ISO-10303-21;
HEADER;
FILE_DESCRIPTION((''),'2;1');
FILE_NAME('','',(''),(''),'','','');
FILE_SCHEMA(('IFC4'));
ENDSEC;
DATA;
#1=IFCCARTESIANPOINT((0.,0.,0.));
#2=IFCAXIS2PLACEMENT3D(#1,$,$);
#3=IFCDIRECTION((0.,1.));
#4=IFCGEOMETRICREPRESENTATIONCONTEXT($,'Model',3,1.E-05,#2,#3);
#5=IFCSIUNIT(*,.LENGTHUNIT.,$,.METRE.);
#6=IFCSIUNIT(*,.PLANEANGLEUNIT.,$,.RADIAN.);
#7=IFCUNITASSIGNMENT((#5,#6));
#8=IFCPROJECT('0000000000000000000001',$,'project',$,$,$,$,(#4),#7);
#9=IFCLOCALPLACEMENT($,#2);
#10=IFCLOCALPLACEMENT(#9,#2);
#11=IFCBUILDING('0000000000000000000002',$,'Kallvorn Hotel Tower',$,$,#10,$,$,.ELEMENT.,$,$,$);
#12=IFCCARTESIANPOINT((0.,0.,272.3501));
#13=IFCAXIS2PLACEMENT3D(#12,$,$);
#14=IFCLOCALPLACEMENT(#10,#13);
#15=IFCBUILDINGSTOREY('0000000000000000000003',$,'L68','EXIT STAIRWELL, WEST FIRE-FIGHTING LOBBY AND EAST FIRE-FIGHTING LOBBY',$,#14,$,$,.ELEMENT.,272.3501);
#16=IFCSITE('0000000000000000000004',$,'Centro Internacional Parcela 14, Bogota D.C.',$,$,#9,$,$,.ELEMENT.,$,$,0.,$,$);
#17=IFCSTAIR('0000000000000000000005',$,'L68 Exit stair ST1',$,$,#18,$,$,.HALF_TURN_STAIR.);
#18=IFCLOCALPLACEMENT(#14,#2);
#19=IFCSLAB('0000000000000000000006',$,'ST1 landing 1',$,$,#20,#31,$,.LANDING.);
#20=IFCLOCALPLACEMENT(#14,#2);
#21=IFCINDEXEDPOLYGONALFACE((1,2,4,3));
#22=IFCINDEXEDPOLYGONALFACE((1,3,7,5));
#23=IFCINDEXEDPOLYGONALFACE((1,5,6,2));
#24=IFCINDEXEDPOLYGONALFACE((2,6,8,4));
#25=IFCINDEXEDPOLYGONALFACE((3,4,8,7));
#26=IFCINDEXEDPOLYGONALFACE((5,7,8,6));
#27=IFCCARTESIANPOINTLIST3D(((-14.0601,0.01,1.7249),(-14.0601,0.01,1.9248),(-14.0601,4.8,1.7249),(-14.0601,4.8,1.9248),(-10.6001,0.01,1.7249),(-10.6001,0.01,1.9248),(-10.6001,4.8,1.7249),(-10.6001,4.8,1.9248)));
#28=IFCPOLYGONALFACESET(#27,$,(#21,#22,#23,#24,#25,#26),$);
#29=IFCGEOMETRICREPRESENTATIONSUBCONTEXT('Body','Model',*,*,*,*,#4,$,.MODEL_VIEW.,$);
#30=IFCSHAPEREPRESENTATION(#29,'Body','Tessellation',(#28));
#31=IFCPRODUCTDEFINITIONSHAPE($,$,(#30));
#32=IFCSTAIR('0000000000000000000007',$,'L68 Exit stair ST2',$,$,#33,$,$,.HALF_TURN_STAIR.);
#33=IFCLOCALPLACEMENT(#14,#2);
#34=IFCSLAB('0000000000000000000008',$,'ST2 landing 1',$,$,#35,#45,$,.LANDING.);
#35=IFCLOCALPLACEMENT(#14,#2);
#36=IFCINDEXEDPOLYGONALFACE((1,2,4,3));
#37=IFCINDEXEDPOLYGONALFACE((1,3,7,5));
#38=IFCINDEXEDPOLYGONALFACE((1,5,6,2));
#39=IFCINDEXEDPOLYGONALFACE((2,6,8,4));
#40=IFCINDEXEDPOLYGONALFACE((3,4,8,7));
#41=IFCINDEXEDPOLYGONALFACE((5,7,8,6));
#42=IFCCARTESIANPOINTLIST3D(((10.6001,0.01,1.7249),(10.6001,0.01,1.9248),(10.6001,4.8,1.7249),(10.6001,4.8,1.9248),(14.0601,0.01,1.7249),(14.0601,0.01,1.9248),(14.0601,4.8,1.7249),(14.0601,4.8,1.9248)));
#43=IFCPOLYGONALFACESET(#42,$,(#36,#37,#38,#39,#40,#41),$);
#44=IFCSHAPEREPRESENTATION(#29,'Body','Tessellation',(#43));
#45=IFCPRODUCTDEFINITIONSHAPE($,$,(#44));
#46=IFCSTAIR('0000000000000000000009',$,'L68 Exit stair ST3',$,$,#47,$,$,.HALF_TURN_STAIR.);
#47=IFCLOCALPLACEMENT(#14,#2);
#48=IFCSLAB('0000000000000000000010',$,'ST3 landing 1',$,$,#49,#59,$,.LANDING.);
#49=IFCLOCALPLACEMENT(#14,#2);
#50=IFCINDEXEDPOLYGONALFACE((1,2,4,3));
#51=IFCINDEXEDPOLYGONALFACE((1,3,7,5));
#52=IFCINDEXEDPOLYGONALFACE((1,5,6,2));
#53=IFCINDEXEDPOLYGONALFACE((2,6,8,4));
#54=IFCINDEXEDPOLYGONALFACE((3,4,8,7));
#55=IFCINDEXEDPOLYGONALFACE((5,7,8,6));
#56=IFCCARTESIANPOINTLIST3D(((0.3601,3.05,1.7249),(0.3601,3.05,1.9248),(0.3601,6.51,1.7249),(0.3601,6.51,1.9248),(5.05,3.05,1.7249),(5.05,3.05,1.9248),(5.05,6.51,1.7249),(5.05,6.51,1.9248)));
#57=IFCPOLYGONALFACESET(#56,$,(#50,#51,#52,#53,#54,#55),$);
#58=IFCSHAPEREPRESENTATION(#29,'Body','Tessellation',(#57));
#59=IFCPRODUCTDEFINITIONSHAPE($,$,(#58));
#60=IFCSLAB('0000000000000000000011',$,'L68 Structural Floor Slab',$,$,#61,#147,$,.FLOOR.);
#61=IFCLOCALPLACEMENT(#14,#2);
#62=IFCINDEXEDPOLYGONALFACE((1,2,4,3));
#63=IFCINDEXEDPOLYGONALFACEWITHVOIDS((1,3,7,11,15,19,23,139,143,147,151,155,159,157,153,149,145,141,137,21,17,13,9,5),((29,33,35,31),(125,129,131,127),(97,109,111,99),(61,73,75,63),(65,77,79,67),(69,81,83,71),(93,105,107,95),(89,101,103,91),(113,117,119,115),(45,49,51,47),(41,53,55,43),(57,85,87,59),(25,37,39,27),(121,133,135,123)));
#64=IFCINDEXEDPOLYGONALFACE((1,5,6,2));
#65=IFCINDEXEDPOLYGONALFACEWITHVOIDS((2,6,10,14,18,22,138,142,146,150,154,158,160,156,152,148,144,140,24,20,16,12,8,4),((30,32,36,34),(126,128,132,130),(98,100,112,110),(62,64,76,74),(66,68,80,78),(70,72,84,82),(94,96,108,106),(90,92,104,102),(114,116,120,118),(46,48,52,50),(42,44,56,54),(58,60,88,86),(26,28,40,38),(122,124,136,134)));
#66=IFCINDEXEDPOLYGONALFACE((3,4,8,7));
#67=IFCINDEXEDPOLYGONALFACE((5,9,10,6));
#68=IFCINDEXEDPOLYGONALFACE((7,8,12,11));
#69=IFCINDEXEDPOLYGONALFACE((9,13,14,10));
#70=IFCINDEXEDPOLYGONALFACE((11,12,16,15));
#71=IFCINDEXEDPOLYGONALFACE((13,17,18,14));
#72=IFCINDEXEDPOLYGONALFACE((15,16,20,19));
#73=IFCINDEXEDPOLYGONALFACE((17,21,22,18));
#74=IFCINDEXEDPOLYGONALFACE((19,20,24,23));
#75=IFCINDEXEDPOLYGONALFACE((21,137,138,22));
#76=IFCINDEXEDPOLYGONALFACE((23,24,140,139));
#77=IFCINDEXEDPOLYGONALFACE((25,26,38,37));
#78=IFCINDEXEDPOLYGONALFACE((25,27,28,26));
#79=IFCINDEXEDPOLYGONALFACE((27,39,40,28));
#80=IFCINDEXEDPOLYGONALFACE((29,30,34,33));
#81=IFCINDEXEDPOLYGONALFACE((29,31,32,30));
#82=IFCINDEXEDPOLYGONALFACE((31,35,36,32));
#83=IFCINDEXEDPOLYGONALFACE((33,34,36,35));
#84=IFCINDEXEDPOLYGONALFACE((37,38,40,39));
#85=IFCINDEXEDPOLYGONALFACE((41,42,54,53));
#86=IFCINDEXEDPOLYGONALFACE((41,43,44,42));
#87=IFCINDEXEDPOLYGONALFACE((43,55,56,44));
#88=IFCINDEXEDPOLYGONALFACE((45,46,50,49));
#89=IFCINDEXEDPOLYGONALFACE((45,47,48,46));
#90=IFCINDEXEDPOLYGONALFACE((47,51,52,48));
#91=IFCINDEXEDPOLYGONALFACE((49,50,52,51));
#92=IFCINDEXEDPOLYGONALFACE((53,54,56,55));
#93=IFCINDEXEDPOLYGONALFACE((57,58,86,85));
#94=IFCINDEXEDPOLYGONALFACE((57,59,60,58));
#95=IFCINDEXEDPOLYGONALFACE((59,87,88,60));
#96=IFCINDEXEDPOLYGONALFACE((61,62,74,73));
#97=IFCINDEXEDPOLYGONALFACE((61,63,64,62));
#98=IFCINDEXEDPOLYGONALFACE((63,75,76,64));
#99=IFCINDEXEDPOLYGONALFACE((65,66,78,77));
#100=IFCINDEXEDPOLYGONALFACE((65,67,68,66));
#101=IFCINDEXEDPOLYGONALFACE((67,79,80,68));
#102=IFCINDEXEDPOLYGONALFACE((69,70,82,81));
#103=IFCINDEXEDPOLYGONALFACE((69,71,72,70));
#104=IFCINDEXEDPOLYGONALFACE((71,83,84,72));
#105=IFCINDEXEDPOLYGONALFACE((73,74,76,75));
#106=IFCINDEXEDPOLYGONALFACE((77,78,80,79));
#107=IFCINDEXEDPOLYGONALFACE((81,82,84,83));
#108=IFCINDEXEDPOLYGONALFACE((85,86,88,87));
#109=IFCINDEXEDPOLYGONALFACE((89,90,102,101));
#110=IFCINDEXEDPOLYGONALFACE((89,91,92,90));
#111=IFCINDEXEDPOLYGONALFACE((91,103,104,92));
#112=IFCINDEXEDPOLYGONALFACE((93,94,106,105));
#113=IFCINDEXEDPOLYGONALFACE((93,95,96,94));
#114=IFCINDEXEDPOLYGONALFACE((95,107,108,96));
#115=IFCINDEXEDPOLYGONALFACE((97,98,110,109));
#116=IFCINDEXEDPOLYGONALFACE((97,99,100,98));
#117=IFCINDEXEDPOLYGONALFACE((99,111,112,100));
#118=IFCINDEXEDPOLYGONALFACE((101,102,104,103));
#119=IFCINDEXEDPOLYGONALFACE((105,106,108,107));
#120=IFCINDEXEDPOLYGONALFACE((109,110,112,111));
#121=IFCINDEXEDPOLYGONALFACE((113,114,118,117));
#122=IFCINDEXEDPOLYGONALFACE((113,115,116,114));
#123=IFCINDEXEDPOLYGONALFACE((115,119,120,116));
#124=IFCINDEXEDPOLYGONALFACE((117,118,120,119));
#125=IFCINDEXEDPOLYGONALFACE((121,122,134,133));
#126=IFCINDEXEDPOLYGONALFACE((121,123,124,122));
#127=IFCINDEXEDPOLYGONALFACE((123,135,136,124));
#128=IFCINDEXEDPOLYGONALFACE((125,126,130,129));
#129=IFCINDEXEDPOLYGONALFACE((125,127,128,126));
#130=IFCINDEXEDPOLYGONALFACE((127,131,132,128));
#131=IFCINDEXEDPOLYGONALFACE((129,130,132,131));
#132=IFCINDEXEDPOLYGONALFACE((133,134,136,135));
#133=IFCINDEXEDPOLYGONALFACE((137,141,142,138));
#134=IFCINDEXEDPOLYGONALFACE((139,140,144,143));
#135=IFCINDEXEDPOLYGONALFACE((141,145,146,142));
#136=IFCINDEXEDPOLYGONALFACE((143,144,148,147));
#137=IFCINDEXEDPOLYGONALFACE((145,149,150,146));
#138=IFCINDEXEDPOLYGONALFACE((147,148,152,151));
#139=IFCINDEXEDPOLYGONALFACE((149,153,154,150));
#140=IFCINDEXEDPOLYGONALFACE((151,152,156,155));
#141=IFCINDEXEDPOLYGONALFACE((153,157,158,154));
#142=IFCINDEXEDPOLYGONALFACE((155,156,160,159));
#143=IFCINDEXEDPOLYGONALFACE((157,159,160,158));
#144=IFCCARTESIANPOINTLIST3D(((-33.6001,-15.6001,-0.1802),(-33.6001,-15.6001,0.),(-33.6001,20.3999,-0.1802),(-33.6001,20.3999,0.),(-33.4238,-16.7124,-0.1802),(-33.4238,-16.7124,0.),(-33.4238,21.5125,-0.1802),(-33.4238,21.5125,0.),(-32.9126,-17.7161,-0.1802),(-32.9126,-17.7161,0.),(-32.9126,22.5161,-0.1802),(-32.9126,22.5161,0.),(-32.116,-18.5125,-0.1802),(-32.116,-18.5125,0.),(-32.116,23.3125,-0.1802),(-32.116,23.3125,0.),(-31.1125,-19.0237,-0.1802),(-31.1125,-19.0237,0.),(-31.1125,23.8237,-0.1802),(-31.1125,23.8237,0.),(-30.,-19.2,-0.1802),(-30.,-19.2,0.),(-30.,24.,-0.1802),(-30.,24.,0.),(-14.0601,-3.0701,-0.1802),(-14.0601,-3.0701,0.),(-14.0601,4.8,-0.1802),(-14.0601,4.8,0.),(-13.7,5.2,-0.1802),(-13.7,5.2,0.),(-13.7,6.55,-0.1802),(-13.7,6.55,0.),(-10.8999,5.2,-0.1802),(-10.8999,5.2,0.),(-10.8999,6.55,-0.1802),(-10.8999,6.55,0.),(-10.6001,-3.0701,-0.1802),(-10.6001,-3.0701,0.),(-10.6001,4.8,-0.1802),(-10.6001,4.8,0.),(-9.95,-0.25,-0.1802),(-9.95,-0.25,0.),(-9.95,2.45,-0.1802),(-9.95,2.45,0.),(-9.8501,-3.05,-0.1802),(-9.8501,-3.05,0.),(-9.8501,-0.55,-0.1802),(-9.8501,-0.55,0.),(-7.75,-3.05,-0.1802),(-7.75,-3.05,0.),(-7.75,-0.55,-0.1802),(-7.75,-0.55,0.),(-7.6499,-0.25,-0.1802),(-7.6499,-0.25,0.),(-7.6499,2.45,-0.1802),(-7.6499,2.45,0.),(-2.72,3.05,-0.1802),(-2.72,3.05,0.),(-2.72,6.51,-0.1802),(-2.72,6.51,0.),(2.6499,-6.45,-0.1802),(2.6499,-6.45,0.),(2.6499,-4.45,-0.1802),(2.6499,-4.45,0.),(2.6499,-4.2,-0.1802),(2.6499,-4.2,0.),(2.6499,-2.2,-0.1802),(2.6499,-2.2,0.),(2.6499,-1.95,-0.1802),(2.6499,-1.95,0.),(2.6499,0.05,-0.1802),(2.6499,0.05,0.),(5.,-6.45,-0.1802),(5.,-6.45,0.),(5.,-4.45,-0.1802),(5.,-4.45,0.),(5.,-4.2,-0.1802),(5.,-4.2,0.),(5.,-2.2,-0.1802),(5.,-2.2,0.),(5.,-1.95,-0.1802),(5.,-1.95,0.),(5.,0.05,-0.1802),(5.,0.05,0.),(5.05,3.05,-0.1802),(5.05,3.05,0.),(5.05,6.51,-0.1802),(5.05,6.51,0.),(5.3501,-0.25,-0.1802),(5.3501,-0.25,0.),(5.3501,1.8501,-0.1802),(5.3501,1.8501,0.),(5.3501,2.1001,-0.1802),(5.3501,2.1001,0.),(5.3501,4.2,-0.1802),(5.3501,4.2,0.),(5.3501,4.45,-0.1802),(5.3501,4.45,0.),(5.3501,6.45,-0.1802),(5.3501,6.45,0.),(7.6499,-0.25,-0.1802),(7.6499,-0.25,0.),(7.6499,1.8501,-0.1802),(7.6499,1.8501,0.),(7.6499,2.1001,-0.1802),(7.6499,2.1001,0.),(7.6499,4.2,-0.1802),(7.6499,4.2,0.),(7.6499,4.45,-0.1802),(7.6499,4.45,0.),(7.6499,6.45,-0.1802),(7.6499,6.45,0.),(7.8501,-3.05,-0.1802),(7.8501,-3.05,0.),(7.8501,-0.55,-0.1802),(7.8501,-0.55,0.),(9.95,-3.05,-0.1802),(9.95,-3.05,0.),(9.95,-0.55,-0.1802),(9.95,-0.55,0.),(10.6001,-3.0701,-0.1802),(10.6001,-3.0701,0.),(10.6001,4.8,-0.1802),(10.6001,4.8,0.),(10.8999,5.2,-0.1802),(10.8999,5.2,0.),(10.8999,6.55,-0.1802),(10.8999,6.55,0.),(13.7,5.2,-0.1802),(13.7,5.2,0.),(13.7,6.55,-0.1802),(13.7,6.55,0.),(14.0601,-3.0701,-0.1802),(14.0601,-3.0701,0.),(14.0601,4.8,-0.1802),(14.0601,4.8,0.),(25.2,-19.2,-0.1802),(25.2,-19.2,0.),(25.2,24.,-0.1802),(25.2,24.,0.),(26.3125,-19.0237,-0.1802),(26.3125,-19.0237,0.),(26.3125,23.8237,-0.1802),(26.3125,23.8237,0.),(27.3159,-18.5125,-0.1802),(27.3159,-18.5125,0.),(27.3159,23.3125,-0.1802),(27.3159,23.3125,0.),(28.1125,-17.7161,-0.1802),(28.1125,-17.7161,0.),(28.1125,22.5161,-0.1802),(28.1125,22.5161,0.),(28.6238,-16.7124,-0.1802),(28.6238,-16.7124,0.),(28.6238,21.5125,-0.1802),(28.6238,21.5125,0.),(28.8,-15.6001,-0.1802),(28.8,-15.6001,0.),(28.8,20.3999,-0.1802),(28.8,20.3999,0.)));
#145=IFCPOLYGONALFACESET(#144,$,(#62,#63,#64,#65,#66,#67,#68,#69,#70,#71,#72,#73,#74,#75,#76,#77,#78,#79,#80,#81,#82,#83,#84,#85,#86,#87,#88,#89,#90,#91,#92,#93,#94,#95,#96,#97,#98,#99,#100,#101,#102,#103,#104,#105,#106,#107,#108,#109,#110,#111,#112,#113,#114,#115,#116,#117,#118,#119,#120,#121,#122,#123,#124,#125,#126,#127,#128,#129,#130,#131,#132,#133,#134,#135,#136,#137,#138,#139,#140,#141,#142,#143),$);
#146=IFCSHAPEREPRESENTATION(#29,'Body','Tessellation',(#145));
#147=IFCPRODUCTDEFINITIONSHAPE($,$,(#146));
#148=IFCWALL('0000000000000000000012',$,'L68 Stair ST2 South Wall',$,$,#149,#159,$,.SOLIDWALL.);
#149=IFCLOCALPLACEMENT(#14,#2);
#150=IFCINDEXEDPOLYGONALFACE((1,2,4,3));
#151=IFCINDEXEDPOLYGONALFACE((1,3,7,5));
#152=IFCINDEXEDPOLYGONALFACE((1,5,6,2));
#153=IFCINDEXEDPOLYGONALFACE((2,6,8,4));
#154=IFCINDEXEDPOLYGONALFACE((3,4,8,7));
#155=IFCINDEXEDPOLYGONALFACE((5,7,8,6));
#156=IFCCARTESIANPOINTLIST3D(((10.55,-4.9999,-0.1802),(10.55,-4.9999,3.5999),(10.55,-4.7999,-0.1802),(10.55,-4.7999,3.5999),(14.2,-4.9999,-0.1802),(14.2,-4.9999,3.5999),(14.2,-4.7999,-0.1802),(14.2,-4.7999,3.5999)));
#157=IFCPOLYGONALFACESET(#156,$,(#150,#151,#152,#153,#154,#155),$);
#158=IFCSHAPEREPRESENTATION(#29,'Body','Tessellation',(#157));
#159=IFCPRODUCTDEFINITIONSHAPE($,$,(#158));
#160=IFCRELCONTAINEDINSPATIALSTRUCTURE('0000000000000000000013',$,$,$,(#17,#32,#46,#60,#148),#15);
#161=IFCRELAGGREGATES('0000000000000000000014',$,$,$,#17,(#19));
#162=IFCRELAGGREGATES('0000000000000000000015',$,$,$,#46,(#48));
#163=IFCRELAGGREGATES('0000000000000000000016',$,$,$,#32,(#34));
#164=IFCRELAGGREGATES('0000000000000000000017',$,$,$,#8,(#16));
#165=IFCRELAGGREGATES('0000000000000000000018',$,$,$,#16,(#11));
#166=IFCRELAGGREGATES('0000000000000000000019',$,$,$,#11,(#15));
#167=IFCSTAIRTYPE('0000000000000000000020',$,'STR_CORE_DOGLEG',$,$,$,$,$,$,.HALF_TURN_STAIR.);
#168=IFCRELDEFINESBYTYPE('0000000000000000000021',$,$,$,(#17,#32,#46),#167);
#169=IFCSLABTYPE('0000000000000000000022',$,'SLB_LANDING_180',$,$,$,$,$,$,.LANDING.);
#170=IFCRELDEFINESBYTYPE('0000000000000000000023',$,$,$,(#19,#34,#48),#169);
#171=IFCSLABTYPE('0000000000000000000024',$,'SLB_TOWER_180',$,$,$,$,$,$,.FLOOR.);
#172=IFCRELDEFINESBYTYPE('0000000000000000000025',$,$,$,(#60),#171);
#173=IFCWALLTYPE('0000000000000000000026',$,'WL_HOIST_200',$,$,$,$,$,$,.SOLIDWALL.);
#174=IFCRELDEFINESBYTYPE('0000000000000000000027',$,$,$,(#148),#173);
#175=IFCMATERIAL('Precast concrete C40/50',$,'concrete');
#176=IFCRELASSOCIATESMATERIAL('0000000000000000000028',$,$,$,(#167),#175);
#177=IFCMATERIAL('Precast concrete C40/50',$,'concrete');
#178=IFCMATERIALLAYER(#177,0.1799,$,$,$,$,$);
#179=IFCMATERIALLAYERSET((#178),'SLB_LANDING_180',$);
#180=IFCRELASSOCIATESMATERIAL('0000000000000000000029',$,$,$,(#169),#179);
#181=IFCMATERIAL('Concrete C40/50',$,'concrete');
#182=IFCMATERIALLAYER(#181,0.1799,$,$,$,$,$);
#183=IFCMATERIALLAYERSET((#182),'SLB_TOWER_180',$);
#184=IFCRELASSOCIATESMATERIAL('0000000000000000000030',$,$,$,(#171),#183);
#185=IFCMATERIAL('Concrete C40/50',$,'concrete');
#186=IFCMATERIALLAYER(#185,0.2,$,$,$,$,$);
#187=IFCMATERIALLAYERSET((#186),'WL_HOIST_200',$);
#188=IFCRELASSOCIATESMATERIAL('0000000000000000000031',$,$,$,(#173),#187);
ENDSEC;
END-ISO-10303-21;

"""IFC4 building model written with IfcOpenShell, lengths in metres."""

from ifc_helpers import new_model, si_unit, direction, frame, frame_2d, origin, place, context, subcontext, project, spatial, polyline, rectangle, outline, extrude, material, layer, layer_set, type_object, element, aggregate, save


model = new_model("IFC4")

# Units and contexts
model_context = context("Model", 3, precision=1e-05, world=origin(), true_north=direction((0.0, 1.0)))
body_context = subcontext(model_context, "Body", "Model", "MODEL_VIEW")
ifc_project = project(units=[si_unit("LENGTHUNIT", "METRE"), si_unit("PLANEANGLEUNIT", "RADIAN")], contexts=[model_context])

# Site, building, storey
site_placement = place(None, origin())
site = spatial("IfcSite", under=ifc_project, at=site_placement, Name="Centro Internacional Parcela 14, Bogota D.C.", CompositionType="ELEMENT", RefElevation=0.0)
building_placement = place(site_placement, origin())
building = spatial("IfcBuilding", under=site, at=building_placement, Name="Kallvorn Hotel Tower", CompositionType="ELEMENT")
storey_placement = place(building_placement, frame((0.0, 0.0, 272.3501)))
storey = spatial("IfcBuildingStorey", under=building, at=storey_placement, Name="L68", Description="EXIT STAIRWELL, WEST FIRE-FIGHTING LOBBY AND EAST FIRE-FIGHTING LOBBY", CompositionType="ELEMENT", Elevation=272.3501)

# Stairs, slabs
ifc_material_1 = material(Name="Precast concrete C40/50", Category="concrete")
stair_type = type_object("IfcStairType", Name="STR_CORE_DOGLEG", PredefinedType="HALF_TURN_STAIR", material=ifc_material_1)
stair_1_placement = place(storey_placement, origin())
stair_1 = element("IfcStair", 1, at=stair_1_placement, inside=storey, type_object=stair_type, Name="L68 Exit stair ST1", PredefinedType="HALF_TURN_STAIR")
ifc_material_2 = material(Name="Precast concrete C40/50", Category="concrete")
ifc_layer_1 = layer(ifc_material_2, 0.1799)
ifc_layer_set_1 = layer_set([ifc_layer_1], Name="SLB_LANDING_180")
slab_type_1 = type_object("IfcSlabType", Name="SLB_LANDING_180", PredefinedType="LANDING", material=ifc_layer_set_1)
slab_1_placement = place(storey_placement, frame((0.0, 0.0, 1.7249)))
slab_1 = element("IfcSlab", 2, at=slab_1_placement, type_object=slab_type_1, Name="ST1 landing 1", PredefinedType="LANDING", context=body_context, shape_type="SweptSolid", body=[
    extrude(outline(polyline([(-10.6001, 0.01), (-10.6001, 4.8), (-14.0601, 4.8), (-14.0601, 0.01), (-10.6001, 0.01)])), origin(), (0.0, 0.0, 1.0), 0.2),
])
aggregate(stair_1, [slab_1])
stair_2_placement = place(storey_placement, origin())
stair_2 = element("IfcStair", 3, at=stair_2_placement, inside=storey, type_object=stair_type, Name="L68 Exit stair ST2", PredefinedType="HALF_TURN_STAIR")
slab_2_placement = place(storey_placement, frame((0.0, 0.0, 1.7249)))
slab_2 = element("IfcSlab", 4, at=slab_2_placement, type_object=slab_type_1, Name="ST2 landing 1", PredefinedType="LANDING", context=body_context, shape_type="SweptSolid", body=[
    extrude(outline(polyline([(14.0601, 0.01), (14.0601, 4.8), (10.6001, 4.8), (10.6001, 0.01), (14.0601, 0.01)])), origin(), (0.0, 0.0, 1.0), 0.2),
])
stair_3_placement = place(storey_placement, origin())
stair_3 = element("IfcStair", 5, at=stair_3_placement, inside=storey, type_object=stair_type, Name="L68 Exit stair ST3", PredefinedType="HALF_TURN_STAIR")
slab_3_placement = place(storey_placement, frame((0.0, 0.0, 1.7249)))
slab_3 = element("IfcSlab", 6, at=slab_3_placement, type_object=slab_type_1, Name="ST3 landing 1", PredefinedType="LANDING", context=body_context, shape_type="SweptSolid", body=[
    extrude(outline(polyline([(0.3601, 3.05), (5.05, 3.05), (5.05, 6.51), (0.3601, 6.51), (0.3601, 3.05)])), origin(), (0.0, 0.0, 1.0), 0.2),
])
aggregate(stair_3, [slab_3])

# Slab
ifc_material_3 = material(Name="Concrete C40/50", Category="concrete")
ifc_layer_2 = layer(ifc_material_3, 0.1799)
ifc_layer_set_2 = layer_set([ifc_layer_2], Name="SLB_TOWER_180")
slab_type_2 = type_object("IfcSlabType", Name="SLB_TOWER_180", PredefinedType="FLOOR", material=ifc_layer_set_2)
slab_4_placement = place(storey_placement, frame((0.0, 0.0, -0.1802)))
element("IfcSlab", 7, at=slab_4_placement, inside=storey, type_object=slab_type_2, Name="L68 Structural Floor Slab", PredefinedType="FLOOR", context=body_context, shape_type="SweptSolid", body=[
    extrude(outline(polyline([(25.2, -19.2), (26.3125, -19.0237), (27.3159, -18.5125), (28.1125, -17.7161), (28.6238, -16.7124), (28.8, -15.6001), (28.8, 20.3999), (28.6238, 21.5125), (28.1125, 22.5161), (27.3159, 23.3125), (26.3125, 23.8237), (25.2, 24.0), (-30.0, 24.0), (-31.1125, 23.8237), (-32.116, 23.3125), (-32.9126, 22.5161), (-33.4238, 21.5125), (-33.6001, 20.3999), (-33.6001, -15.6001), (-33.4238, -16.7124), (-32.9126, -17.7161), (-32.116, -18.5125), (-31.1125, -19.0237), (-30.0, -19.2), (25.2, -19.2)]), holes=[polyline([(-10.6001, -3.0701), (-10.6001, 4.8), (-14.0601, 4.8), (-14.0601, -3.0701), (-10.6001, -3.0701)]), polyline([(14.0601, -3.0701), (14.0601, 4.8), (10.6001, 4.8), (10.6001, -3.0701), (14.0601, -3.0701)]), polyline([(-2.72, 3.05), (5.05, 3.05), (5.05, 6.51), (-2.72, 6.51), (-2.72, 3.05)]), polyline([(2.6499, -6.45), (5.0, -6.45), (5.0, -4.45), (2.6499, -4.45), (2.6499, -6.45)]), polyline([(2.6499, -4.2), (5.0, -4.2), (5.0, -2.2), (2.6499, -2.2), (2.6499, -4.2)]), polyline([(2.6499, -1.95), (5.0, -1.95), (5.0, 0.05), (2.6499, 0.05), (2.6499, -1.95)]), polyline([(5.3501, -0.25), (7.6499, -0.25), (7.6499, 1.8501), (5.3501, 1.8501), (5.3501, -0.25)]), polyline([(5.3501, 2.1001), (7.6499, 2.1001), (7.6499, 4.2), (5.3501, 4.2), (5.3501, 2.1001)]), polyline([(5.3501, 4.45), (7.6499, 4.45), (7.6499, 6.45), (5.3501, 6.45), (5.3501, 4.45)]), polyline([(-9.8501, -3.05), (-7.75, -3.05), (-7.75, -0.55), (-9.8501, -0.55), (-9.8501, -3.05)]), polyline([(7.8501, -3.05), (9.95, -3.05), (9.95, -0.55), (7.8501, -0.55), (7.8501, -3.05)]), polyline([(-9.95, -0.25), (-7.6499, -0.25), (-7.6499, 2.45), (-9.95, 2.45), (-9.95, -0.25)]), polyline([(-13.7, 5.2), (-10.8999, 5.2), (-10.8999, 6.55), (-13.7, 6.55), (-13.7, 5.2)]), polyline([(10.8999, 5.2), (13.7, 5.2), (13.7, 6.55), (10.8999, 6.55), (10.8999, 5.2)])]), origin(), (0.0, 0.0, 1.0), 0.1802),
])

# Wall
ifc_material_4 = material(Name="Concrete C40/50", Category="concrete")
ifc_layer_3 = layer(ifc_material_4, 0.2)
ifc_layer_set_3 = layer_set([ifc_layer_3], Name="WL_HOIST_200")
wall_type_1 = type_object("IfcWallType", Name="WL_HOIST_200", PredefinedType="SOLIDWALL", material=ifc_layer_set_3)
wall_1_placement = place(storey_placement, frame((10.55, -4.8999, -0.1802), z_axis=(0.0, 0.0, 1.0), x_axis=(1.0, 0.0, 0.0)))
element("IfcWall", 8, at=wall_1_placement, inside=storey, type_object=wall_type_1, Name="L68 Stair ST2 South Wall", PredefinedType="SOLIDWALL", context=body_context, shape_type="SweptSolid", body=[
    extrude(rectangle(XDim=3.6499, YDim=0.2, at=frame_2d((1.825, 0.0))), origin(), (0.0, 0.0, 1.0), 3.78),
])

aggregate(stair_2, [slab_2])

save(model, "model.ifc")
